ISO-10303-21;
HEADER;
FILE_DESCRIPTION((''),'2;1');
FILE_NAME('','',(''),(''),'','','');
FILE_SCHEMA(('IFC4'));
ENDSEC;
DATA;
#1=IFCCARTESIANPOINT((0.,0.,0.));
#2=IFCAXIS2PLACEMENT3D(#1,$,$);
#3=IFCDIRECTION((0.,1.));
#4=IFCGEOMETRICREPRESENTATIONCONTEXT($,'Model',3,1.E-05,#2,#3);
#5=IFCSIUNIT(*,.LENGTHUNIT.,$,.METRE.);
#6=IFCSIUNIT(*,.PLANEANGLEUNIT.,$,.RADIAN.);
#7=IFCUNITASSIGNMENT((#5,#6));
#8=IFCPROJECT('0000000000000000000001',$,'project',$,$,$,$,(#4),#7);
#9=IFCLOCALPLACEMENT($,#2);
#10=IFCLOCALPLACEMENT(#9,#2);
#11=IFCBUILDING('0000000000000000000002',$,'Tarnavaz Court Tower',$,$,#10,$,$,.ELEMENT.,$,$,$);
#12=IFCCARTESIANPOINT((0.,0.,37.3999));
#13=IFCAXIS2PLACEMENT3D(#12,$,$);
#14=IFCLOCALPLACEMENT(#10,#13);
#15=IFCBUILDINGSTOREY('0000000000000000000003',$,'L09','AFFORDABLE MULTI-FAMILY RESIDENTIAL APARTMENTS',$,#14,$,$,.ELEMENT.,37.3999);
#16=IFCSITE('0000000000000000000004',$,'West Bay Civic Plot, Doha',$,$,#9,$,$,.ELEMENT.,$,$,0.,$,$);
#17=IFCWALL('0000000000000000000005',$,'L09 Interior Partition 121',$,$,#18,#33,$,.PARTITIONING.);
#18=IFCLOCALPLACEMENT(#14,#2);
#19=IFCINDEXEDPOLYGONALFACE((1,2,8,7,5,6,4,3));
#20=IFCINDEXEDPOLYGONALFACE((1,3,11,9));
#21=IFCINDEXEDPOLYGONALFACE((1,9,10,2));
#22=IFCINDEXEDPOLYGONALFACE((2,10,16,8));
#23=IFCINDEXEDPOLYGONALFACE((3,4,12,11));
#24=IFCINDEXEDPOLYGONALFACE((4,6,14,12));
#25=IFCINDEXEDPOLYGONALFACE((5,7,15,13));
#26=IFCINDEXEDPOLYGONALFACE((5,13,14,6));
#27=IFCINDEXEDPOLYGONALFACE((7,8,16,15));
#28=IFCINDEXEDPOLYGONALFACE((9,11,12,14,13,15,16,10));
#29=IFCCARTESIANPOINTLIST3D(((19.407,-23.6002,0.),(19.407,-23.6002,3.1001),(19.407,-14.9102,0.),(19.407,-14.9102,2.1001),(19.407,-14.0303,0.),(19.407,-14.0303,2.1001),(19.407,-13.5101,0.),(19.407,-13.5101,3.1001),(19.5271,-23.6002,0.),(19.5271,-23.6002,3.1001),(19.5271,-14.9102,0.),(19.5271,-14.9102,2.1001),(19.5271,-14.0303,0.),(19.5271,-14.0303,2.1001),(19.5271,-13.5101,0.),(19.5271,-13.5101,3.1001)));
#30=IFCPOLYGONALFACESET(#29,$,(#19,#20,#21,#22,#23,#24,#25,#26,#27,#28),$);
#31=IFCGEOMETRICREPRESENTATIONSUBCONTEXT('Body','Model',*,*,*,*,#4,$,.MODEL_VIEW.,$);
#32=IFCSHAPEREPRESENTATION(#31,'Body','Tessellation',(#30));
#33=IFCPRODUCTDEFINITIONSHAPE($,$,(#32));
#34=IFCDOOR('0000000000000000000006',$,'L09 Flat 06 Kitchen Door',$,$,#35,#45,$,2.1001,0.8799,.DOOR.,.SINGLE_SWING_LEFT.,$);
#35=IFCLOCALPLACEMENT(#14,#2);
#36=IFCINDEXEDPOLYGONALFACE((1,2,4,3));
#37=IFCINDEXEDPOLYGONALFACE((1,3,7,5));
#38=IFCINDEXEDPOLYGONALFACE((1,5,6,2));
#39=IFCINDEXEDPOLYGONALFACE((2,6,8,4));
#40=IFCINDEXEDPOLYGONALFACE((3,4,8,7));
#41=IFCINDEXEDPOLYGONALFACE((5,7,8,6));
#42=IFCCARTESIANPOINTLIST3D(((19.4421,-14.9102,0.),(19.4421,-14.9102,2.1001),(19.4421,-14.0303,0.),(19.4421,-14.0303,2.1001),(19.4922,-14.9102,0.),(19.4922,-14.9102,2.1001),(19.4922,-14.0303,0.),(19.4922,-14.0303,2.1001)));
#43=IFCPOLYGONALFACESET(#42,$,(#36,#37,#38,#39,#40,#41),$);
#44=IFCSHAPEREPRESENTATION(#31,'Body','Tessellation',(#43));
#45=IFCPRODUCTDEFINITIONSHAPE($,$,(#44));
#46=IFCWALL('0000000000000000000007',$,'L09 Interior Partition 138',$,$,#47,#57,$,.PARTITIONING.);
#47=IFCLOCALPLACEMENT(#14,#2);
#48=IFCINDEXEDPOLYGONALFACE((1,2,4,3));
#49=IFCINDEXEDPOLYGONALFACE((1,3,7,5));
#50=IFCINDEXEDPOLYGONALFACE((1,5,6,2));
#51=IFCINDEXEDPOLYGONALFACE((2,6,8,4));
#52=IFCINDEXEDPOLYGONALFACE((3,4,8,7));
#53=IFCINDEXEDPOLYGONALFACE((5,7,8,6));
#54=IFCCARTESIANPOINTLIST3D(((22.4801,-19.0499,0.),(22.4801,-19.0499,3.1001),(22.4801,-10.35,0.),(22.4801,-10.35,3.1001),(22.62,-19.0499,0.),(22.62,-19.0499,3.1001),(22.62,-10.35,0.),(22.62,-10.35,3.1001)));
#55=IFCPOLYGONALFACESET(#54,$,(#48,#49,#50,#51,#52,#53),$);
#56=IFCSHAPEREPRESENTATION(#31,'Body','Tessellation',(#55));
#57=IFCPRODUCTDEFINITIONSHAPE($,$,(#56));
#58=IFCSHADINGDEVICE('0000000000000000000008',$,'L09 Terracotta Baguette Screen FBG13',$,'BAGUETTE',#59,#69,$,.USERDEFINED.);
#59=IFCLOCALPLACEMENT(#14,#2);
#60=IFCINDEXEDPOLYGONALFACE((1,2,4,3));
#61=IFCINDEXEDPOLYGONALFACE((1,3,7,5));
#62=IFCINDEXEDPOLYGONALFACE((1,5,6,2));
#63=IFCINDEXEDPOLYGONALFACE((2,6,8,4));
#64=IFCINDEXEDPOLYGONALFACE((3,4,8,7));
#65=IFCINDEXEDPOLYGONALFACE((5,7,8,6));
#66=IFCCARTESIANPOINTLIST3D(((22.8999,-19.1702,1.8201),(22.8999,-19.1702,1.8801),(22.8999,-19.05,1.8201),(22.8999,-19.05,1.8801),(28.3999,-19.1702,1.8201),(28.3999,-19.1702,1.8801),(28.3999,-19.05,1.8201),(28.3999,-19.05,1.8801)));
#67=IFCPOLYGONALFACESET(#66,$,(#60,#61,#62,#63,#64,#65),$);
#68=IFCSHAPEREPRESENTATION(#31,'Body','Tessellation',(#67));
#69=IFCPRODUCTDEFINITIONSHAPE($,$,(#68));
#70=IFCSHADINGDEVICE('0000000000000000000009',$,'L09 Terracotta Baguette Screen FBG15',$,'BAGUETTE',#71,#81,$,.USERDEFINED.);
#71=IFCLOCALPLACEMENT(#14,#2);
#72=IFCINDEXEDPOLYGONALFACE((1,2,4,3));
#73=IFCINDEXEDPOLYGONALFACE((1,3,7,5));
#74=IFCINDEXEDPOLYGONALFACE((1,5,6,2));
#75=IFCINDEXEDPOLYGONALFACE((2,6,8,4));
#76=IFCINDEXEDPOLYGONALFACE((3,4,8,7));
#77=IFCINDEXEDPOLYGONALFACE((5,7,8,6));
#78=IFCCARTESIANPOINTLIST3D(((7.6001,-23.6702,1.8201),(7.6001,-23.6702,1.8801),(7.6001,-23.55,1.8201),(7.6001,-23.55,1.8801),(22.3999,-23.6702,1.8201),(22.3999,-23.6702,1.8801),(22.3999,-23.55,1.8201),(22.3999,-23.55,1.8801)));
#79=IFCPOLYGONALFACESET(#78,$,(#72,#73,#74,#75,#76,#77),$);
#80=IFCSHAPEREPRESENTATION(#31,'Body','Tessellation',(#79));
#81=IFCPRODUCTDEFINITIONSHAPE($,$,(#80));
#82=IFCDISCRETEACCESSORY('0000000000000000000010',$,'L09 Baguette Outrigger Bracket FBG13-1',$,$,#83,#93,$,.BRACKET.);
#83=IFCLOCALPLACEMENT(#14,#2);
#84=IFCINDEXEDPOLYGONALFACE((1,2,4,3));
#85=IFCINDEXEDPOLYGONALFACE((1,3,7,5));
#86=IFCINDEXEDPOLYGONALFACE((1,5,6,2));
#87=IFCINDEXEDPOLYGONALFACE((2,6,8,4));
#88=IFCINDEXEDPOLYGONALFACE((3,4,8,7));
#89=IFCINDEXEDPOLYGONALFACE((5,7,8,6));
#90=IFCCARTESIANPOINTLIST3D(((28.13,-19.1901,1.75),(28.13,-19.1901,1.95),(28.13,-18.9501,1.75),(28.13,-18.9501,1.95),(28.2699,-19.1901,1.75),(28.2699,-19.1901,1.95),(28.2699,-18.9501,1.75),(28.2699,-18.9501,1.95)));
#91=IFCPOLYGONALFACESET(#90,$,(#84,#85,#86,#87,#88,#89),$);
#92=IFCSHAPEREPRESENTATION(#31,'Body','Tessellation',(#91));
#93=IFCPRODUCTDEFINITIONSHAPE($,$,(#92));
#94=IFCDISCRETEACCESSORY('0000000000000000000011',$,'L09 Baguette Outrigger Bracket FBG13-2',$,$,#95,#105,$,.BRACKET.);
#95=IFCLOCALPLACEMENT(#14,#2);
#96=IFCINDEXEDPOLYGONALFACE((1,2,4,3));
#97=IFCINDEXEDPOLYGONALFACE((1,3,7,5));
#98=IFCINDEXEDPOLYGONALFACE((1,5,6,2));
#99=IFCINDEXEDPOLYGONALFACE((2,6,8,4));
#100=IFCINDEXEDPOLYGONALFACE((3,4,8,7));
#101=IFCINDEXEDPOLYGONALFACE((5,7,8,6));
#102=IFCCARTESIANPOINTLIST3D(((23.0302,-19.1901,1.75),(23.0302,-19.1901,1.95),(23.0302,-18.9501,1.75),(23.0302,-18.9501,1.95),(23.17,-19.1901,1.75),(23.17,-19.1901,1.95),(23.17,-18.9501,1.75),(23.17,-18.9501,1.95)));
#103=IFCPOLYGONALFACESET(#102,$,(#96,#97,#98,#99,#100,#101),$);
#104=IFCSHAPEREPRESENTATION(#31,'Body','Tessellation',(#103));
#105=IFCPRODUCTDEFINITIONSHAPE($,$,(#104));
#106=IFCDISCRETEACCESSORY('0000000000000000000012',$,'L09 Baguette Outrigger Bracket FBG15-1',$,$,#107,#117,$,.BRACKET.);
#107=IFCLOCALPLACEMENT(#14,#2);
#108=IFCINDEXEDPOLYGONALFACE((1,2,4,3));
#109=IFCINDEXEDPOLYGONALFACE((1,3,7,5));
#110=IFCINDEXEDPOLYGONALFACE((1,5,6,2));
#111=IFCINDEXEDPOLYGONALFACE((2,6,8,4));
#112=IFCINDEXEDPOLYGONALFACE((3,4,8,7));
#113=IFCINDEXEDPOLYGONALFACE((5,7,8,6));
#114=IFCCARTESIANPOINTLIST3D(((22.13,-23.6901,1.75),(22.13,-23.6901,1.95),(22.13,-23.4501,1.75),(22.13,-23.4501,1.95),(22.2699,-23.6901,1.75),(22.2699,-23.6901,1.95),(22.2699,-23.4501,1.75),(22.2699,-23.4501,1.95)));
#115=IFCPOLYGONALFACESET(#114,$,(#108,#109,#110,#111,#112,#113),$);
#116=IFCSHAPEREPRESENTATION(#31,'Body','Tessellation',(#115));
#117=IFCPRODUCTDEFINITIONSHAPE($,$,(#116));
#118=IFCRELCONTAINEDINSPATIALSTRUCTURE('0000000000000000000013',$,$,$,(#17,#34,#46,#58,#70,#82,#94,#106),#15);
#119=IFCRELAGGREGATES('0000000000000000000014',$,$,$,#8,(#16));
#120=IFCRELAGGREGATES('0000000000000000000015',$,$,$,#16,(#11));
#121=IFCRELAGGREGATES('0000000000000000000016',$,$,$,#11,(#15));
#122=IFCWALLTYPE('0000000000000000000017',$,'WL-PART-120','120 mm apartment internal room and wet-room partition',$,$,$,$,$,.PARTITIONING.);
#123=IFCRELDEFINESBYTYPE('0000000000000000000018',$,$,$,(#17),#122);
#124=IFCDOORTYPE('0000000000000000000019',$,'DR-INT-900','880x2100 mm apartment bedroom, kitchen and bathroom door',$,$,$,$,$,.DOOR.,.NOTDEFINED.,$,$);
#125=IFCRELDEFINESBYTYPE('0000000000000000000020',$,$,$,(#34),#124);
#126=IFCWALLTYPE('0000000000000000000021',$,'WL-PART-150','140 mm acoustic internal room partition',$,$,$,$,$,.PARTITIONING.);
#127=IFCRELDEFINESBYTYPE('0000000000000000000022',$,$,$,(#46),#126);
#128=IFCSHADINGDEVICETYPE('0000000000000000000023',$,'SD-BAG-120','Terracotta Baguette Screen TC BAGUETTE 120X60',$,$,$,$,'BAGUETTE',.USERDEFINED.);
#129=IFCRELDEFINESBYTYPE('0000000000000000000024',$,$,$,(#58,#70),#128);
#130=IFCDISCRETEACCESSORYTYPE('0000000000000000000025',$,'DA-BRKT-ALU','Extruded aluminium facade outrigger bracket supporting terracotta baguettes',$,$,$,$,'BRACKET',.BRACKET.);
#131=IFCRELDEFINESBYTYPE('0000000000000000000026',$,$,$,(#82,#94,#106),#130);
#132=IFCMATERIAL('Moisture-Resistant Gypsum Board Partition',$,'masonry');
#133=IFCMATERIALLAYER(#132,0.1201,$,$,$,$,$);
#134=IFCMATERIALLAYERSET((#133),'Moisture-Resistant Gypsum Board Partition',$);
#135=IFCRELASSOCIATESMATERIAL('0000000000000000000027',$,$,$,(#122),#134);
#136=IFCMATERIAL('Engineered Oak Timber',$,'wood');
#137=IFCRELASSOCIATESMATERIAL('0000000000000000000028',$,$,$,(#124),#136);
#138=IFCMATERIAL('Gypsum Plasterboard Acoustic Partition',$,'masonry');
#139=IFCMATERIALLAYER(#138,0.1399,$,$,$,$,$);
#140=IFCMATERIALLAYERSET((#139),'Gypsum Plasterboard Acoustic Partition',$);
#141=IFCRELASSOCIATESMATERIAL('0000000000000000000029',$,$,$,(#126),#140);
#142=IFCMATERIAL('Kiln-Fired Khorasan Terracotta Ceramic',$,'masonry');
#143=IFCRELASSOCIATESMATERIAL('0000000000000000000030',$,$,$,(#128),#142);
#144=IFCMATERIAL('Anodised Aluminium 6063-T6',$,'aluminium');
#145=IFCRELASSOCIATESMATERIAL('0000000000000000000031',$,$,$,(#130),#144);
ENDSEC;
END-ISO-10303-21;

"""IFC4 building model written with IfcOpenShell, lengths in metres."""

from ifc_helpers import new_model, si_unit, direction, frame, frame_2d, origin, origin_2d, place, context, subcontext, project, spatial, rectangle, extrude, material, layer, layer_set, material_profile, profile_set, type_object, element, fill, save


model = new_model("IFC4")

# Units and contexts
model_context = context("Model", 3, precision=1e-05, world=origin(), true_north=direction((0.0, 1.0)))
body_context = subcontext(model_context, "Body", "Model", "MODEL_VIEW")
ifc_project = project(units=[si_unit("LENGTHUNIT", "METRE"), si_unit("PLANEANGLEUNIT", "RADIAN")], contexts=[model_context])

# Site, building, storey
site_placement = place(None, origin())
site = spatial("IfcSite", under=ifc_project, at=site_placement, Name="West Bay Civic Plot, Doha", CompositionType="ELEMENT", RefElevation=0.0)
building_placement = place(site_placement, origin())
building = spatial("IfcBuilding", under=site, at=building_placement, Name="Tarnavaz Court Tower", CompositionType="ELEMENT")
storey_placement = place(building_placement, frame((0.0, 0.0, 37.3999)))
storey = spatial("IfcBuildingStorey", under=building, at=storey_placement, Name="L09", Description="AFFORDABLE MULTI-FAMILY RESIDENTIAL APARTMENTS", CompositionType="ELEMENT", Elevation=37.3999)

# Shared definitions
ifc_material_1 = material(Name="Moisture-Resistant Gypsum Board Partition", Category="masonry")
ifc_layer_1 = layer(ifc_material_1, 0.1201)
ifc_layer_set_1 = layer_set([ifc_layer_1], Name="Moisture-Resistant Gypsum Board Partition")
wall_type_1 = type_object("IfcWallType", Name="WL-PART-120", Description="120 mm apartment internal room and wet-room partition", PredefinedType="PARTITIONING", material=ifc_layer_set_1)

# Wall, opening, door
wall_1_placement = place(storey_placement, frame((19.467, -23.6001, 0.0), z_axis=(0.0, 0.0, 1.0), x_axis=(0.0, 1.0, 0.0)))
wall_1 = element("IfcWall", 1, at=wall_1_placement, inside=storey, type_object=wall_type_1, Name="L09 Interior Partition 121", PredefinedType="PARTITIONING", context=body_context, shape_type="SweptSolid", body=[
    extrude(rectangle(XDim=10.0901, YDim=0.1201, at=frame_2d((5.0449, 0.0))), origin(), (0.0, 0.0, 1.0), 3.1001),
])
opening_1_placement = place(wall_1_placement, frame((8.6899, 0.0, 0.0)))
opening_1 = element("IfcOpeningElement", 2, at=opening_1_placement, cuts=wall_1, PredefinedType="OPENING", context=body_context, shape_type="SweptSolid", body=[
    extrude(rectangle(XDim=0.8799, YDim=2.1001, at=frame_2d((0.4399, 1.05))), frame((0.0, 0.0701, 0.0), z_axis=(0.0, -1.0, 0.0), x_axis=(1.0, 0.0, 0.0)), (0.0, 0.0, 1.0), 0.1401),
])
ifc_material_2 = material(Name="Engineered Oak Timber", Category="wood")
door_type = type_object("IfcDoorType", Name="DR-INT-900", Description="880x2100 mm apartment bedroom, kitchen and bathroom door", OperationType="NOTDEFINED", PredefinedType="DOOR", material=ifc_material_2)
door_placement = place(opening_1_placement, origin())
door = element("IfcDoor", 3, at=door_placement, inside=storey, type_object=door_type, Name="L09 Flat 06 Kitchen Door", OperationType="SINGLE_SWING_LEFT", OverallHeight=2.1001, OverallWidth=0.8799, PredefinedType="DOOR", context=body_context, shape_type="SweptSolid", body=[
    extrude(rectangle(XDim=0.8799, YDim=2.1001, at=frame_2d((0.4399, 1.05))), frame((0.0, 0.0249, 0.0), z_axis=(0.0, -1.0, 0.0), x_axis=(1.0, 0.0, 0.0)), (0.0, 0.0, 1.0), 0.05),
])
fill(opening_1, door)

# Wall
ifc_material_3 = material(Name="Gypsum Plasterboard Acoustic Partition", Category="masonry")
ifc_layer_2 = layer(ifc_material_3, 0.1399)
ifc_layer_set_2 = layer_set([ifc_layer_2], Name="Gypsum Plasterboard Acoustic Partition")
wall_type_2 = type_object("IfcWallType", Name="WL-PART-150", Description="140 mm acoustic internal room partition", PredefinedType="PARTITIONING", material=ifc_layer_set_2)
wall_2_placement = place(storey_placement, frame((22.55, -19.05, 0.0), z_axis=(0.0, 0.0, 1.0), x_axis=(0.0, 1.0, 0.0)))
element("IfcWall", 4, at=wall_2_placement, inside=storey, type_object=wall_type_2, Name="L09 Interior Partition 138", PredefinedType="PARTITIONING", context=body_context, shape_type="SweptSolid", body=[
    extrude(rectangle(XDim=8.7, YDim=0.1399, at=frame_2d((4.3501, 0.0))), origin(), (0.0, 0.0, 1.0), 3.1001),
])

# Shading devices
ifc_material_4 = material(Name="Kiln-Fired Khorasan Terracotta Ceramic", Category="masonry")
ifc_material_profile_1 = material_profile(ifc_material_4, rectangle(XDim=0.1201, YDim=0.0601, at=origin_2d()), Name="TC BAGUETTE 120X60")
ifc_profile_set_1 = profile_set([ifc_material_profile_1], Name="Kiln-Fired Khorasan Terracotta Ceramic")
shading_device_type = type_object("IfcShadingDeviceType", Name="SD-BAG-120", Description="Terracotta Baguette Screen TC BAGUETTE 120X60", ElementType="BAGUETTE", PredefinedType="USERDEFINED", material=ifc_profile_set_1)
shading_device_1_placement = place(storey_placement, frame((28.3999, -19.1101, 1.8501), z_axis=(-1.0, 0.0, 0.0), x_axis=(0.0, -1.0, 0.0)))
element("IfcShadingDevice", 5, at=shading_device_1_placement, inside=storey, type_object=shading_device_type, Name="L09 Terracotta Baguette Screen FBG13", ObjectType="BAGUETTE", PredefinedType="USERDEFINED", context=body_context, shape_type="SweptSolid", body=[
    extrude(rectangle(XDim=0.1201, YDim=0.0601, at=origin_2d()), origin(), (0.0, 0.0, 1.0), 5.5),
])
shading_device_2_placement = place(storey_placement, frame((22.3999, -23.6101, 1.8501), z_axis=(-1.0, 0.0, 0.0), x_axis=(0.0, -1.0, 0.0)))
element("IfcShadingDevice", 6, at=shading_device_2_placement, inside=storey, type_object=shading_device_type, Name="L09 Terracotta Baguette Screen FBG15", ObjectType="BAGUETTE", PredefinedType="USERDEFINED", context=body_context, shape_type="SweptSolid", body=[
    extrude(rectangle(XDim=0.1201, YDim=0.0601, at=origin_2d()), origin(), (0.0, 0.0, 1.0), 14.7998),
])

# Discrete accessories
ifc_material_5 = material(Name="Anodised Aluminium 6063-T6", Category="aluminium")
discrete_accessory_type = type_object("IfcDiscreteAccessoryType", Name="DA-BRKT-ALU", Description="Extruded aluminium facade outrigger bracket supporting terracotta baguettes", ElementType="BRACKET", PredefinedType="BRACKET", material=ifc_material_5)
for number, where, z_axis, x_axis, name in (
    (7, (28.2, -19.0701, 1.75), (0.0, 0.0, 1.0), (-1.0, 0.0, 0.0), "L09 Baguette Outrigger Bracket FBG13-1"),
    (8, (23.1001, -19.0701, 1.75), (0.0, 0.0, 1.0), (-1.0, 0.0, 0.0), "L09 Baguette Outrigger Bracket FBG13-2"),
    (9, (22.2, -23.5701, 1.75), (0.0, 0.0, 1.0), (-1.0, 0.0, 0.0), "L09 Baguette Outrigger Bracket FBG15-1"),
):
    element("IfcDiscreteAccessory", number, at=place(storey_placement, frame(where, z_axis=z_axis, x_axis=x_axis)), inside=storey, type_object=discrete_accessory_type, Name=name, PredefinedType="BRACKET", context=body_context, shape_type="SweptSolid", body=[
        extrude(rectangle(XDim=0.1399, YDim=0.24, at=origin_2d()), origin(), (0.0, 0.0, 1.0), 0.2),
    ])

save(model, "model.ifc")
